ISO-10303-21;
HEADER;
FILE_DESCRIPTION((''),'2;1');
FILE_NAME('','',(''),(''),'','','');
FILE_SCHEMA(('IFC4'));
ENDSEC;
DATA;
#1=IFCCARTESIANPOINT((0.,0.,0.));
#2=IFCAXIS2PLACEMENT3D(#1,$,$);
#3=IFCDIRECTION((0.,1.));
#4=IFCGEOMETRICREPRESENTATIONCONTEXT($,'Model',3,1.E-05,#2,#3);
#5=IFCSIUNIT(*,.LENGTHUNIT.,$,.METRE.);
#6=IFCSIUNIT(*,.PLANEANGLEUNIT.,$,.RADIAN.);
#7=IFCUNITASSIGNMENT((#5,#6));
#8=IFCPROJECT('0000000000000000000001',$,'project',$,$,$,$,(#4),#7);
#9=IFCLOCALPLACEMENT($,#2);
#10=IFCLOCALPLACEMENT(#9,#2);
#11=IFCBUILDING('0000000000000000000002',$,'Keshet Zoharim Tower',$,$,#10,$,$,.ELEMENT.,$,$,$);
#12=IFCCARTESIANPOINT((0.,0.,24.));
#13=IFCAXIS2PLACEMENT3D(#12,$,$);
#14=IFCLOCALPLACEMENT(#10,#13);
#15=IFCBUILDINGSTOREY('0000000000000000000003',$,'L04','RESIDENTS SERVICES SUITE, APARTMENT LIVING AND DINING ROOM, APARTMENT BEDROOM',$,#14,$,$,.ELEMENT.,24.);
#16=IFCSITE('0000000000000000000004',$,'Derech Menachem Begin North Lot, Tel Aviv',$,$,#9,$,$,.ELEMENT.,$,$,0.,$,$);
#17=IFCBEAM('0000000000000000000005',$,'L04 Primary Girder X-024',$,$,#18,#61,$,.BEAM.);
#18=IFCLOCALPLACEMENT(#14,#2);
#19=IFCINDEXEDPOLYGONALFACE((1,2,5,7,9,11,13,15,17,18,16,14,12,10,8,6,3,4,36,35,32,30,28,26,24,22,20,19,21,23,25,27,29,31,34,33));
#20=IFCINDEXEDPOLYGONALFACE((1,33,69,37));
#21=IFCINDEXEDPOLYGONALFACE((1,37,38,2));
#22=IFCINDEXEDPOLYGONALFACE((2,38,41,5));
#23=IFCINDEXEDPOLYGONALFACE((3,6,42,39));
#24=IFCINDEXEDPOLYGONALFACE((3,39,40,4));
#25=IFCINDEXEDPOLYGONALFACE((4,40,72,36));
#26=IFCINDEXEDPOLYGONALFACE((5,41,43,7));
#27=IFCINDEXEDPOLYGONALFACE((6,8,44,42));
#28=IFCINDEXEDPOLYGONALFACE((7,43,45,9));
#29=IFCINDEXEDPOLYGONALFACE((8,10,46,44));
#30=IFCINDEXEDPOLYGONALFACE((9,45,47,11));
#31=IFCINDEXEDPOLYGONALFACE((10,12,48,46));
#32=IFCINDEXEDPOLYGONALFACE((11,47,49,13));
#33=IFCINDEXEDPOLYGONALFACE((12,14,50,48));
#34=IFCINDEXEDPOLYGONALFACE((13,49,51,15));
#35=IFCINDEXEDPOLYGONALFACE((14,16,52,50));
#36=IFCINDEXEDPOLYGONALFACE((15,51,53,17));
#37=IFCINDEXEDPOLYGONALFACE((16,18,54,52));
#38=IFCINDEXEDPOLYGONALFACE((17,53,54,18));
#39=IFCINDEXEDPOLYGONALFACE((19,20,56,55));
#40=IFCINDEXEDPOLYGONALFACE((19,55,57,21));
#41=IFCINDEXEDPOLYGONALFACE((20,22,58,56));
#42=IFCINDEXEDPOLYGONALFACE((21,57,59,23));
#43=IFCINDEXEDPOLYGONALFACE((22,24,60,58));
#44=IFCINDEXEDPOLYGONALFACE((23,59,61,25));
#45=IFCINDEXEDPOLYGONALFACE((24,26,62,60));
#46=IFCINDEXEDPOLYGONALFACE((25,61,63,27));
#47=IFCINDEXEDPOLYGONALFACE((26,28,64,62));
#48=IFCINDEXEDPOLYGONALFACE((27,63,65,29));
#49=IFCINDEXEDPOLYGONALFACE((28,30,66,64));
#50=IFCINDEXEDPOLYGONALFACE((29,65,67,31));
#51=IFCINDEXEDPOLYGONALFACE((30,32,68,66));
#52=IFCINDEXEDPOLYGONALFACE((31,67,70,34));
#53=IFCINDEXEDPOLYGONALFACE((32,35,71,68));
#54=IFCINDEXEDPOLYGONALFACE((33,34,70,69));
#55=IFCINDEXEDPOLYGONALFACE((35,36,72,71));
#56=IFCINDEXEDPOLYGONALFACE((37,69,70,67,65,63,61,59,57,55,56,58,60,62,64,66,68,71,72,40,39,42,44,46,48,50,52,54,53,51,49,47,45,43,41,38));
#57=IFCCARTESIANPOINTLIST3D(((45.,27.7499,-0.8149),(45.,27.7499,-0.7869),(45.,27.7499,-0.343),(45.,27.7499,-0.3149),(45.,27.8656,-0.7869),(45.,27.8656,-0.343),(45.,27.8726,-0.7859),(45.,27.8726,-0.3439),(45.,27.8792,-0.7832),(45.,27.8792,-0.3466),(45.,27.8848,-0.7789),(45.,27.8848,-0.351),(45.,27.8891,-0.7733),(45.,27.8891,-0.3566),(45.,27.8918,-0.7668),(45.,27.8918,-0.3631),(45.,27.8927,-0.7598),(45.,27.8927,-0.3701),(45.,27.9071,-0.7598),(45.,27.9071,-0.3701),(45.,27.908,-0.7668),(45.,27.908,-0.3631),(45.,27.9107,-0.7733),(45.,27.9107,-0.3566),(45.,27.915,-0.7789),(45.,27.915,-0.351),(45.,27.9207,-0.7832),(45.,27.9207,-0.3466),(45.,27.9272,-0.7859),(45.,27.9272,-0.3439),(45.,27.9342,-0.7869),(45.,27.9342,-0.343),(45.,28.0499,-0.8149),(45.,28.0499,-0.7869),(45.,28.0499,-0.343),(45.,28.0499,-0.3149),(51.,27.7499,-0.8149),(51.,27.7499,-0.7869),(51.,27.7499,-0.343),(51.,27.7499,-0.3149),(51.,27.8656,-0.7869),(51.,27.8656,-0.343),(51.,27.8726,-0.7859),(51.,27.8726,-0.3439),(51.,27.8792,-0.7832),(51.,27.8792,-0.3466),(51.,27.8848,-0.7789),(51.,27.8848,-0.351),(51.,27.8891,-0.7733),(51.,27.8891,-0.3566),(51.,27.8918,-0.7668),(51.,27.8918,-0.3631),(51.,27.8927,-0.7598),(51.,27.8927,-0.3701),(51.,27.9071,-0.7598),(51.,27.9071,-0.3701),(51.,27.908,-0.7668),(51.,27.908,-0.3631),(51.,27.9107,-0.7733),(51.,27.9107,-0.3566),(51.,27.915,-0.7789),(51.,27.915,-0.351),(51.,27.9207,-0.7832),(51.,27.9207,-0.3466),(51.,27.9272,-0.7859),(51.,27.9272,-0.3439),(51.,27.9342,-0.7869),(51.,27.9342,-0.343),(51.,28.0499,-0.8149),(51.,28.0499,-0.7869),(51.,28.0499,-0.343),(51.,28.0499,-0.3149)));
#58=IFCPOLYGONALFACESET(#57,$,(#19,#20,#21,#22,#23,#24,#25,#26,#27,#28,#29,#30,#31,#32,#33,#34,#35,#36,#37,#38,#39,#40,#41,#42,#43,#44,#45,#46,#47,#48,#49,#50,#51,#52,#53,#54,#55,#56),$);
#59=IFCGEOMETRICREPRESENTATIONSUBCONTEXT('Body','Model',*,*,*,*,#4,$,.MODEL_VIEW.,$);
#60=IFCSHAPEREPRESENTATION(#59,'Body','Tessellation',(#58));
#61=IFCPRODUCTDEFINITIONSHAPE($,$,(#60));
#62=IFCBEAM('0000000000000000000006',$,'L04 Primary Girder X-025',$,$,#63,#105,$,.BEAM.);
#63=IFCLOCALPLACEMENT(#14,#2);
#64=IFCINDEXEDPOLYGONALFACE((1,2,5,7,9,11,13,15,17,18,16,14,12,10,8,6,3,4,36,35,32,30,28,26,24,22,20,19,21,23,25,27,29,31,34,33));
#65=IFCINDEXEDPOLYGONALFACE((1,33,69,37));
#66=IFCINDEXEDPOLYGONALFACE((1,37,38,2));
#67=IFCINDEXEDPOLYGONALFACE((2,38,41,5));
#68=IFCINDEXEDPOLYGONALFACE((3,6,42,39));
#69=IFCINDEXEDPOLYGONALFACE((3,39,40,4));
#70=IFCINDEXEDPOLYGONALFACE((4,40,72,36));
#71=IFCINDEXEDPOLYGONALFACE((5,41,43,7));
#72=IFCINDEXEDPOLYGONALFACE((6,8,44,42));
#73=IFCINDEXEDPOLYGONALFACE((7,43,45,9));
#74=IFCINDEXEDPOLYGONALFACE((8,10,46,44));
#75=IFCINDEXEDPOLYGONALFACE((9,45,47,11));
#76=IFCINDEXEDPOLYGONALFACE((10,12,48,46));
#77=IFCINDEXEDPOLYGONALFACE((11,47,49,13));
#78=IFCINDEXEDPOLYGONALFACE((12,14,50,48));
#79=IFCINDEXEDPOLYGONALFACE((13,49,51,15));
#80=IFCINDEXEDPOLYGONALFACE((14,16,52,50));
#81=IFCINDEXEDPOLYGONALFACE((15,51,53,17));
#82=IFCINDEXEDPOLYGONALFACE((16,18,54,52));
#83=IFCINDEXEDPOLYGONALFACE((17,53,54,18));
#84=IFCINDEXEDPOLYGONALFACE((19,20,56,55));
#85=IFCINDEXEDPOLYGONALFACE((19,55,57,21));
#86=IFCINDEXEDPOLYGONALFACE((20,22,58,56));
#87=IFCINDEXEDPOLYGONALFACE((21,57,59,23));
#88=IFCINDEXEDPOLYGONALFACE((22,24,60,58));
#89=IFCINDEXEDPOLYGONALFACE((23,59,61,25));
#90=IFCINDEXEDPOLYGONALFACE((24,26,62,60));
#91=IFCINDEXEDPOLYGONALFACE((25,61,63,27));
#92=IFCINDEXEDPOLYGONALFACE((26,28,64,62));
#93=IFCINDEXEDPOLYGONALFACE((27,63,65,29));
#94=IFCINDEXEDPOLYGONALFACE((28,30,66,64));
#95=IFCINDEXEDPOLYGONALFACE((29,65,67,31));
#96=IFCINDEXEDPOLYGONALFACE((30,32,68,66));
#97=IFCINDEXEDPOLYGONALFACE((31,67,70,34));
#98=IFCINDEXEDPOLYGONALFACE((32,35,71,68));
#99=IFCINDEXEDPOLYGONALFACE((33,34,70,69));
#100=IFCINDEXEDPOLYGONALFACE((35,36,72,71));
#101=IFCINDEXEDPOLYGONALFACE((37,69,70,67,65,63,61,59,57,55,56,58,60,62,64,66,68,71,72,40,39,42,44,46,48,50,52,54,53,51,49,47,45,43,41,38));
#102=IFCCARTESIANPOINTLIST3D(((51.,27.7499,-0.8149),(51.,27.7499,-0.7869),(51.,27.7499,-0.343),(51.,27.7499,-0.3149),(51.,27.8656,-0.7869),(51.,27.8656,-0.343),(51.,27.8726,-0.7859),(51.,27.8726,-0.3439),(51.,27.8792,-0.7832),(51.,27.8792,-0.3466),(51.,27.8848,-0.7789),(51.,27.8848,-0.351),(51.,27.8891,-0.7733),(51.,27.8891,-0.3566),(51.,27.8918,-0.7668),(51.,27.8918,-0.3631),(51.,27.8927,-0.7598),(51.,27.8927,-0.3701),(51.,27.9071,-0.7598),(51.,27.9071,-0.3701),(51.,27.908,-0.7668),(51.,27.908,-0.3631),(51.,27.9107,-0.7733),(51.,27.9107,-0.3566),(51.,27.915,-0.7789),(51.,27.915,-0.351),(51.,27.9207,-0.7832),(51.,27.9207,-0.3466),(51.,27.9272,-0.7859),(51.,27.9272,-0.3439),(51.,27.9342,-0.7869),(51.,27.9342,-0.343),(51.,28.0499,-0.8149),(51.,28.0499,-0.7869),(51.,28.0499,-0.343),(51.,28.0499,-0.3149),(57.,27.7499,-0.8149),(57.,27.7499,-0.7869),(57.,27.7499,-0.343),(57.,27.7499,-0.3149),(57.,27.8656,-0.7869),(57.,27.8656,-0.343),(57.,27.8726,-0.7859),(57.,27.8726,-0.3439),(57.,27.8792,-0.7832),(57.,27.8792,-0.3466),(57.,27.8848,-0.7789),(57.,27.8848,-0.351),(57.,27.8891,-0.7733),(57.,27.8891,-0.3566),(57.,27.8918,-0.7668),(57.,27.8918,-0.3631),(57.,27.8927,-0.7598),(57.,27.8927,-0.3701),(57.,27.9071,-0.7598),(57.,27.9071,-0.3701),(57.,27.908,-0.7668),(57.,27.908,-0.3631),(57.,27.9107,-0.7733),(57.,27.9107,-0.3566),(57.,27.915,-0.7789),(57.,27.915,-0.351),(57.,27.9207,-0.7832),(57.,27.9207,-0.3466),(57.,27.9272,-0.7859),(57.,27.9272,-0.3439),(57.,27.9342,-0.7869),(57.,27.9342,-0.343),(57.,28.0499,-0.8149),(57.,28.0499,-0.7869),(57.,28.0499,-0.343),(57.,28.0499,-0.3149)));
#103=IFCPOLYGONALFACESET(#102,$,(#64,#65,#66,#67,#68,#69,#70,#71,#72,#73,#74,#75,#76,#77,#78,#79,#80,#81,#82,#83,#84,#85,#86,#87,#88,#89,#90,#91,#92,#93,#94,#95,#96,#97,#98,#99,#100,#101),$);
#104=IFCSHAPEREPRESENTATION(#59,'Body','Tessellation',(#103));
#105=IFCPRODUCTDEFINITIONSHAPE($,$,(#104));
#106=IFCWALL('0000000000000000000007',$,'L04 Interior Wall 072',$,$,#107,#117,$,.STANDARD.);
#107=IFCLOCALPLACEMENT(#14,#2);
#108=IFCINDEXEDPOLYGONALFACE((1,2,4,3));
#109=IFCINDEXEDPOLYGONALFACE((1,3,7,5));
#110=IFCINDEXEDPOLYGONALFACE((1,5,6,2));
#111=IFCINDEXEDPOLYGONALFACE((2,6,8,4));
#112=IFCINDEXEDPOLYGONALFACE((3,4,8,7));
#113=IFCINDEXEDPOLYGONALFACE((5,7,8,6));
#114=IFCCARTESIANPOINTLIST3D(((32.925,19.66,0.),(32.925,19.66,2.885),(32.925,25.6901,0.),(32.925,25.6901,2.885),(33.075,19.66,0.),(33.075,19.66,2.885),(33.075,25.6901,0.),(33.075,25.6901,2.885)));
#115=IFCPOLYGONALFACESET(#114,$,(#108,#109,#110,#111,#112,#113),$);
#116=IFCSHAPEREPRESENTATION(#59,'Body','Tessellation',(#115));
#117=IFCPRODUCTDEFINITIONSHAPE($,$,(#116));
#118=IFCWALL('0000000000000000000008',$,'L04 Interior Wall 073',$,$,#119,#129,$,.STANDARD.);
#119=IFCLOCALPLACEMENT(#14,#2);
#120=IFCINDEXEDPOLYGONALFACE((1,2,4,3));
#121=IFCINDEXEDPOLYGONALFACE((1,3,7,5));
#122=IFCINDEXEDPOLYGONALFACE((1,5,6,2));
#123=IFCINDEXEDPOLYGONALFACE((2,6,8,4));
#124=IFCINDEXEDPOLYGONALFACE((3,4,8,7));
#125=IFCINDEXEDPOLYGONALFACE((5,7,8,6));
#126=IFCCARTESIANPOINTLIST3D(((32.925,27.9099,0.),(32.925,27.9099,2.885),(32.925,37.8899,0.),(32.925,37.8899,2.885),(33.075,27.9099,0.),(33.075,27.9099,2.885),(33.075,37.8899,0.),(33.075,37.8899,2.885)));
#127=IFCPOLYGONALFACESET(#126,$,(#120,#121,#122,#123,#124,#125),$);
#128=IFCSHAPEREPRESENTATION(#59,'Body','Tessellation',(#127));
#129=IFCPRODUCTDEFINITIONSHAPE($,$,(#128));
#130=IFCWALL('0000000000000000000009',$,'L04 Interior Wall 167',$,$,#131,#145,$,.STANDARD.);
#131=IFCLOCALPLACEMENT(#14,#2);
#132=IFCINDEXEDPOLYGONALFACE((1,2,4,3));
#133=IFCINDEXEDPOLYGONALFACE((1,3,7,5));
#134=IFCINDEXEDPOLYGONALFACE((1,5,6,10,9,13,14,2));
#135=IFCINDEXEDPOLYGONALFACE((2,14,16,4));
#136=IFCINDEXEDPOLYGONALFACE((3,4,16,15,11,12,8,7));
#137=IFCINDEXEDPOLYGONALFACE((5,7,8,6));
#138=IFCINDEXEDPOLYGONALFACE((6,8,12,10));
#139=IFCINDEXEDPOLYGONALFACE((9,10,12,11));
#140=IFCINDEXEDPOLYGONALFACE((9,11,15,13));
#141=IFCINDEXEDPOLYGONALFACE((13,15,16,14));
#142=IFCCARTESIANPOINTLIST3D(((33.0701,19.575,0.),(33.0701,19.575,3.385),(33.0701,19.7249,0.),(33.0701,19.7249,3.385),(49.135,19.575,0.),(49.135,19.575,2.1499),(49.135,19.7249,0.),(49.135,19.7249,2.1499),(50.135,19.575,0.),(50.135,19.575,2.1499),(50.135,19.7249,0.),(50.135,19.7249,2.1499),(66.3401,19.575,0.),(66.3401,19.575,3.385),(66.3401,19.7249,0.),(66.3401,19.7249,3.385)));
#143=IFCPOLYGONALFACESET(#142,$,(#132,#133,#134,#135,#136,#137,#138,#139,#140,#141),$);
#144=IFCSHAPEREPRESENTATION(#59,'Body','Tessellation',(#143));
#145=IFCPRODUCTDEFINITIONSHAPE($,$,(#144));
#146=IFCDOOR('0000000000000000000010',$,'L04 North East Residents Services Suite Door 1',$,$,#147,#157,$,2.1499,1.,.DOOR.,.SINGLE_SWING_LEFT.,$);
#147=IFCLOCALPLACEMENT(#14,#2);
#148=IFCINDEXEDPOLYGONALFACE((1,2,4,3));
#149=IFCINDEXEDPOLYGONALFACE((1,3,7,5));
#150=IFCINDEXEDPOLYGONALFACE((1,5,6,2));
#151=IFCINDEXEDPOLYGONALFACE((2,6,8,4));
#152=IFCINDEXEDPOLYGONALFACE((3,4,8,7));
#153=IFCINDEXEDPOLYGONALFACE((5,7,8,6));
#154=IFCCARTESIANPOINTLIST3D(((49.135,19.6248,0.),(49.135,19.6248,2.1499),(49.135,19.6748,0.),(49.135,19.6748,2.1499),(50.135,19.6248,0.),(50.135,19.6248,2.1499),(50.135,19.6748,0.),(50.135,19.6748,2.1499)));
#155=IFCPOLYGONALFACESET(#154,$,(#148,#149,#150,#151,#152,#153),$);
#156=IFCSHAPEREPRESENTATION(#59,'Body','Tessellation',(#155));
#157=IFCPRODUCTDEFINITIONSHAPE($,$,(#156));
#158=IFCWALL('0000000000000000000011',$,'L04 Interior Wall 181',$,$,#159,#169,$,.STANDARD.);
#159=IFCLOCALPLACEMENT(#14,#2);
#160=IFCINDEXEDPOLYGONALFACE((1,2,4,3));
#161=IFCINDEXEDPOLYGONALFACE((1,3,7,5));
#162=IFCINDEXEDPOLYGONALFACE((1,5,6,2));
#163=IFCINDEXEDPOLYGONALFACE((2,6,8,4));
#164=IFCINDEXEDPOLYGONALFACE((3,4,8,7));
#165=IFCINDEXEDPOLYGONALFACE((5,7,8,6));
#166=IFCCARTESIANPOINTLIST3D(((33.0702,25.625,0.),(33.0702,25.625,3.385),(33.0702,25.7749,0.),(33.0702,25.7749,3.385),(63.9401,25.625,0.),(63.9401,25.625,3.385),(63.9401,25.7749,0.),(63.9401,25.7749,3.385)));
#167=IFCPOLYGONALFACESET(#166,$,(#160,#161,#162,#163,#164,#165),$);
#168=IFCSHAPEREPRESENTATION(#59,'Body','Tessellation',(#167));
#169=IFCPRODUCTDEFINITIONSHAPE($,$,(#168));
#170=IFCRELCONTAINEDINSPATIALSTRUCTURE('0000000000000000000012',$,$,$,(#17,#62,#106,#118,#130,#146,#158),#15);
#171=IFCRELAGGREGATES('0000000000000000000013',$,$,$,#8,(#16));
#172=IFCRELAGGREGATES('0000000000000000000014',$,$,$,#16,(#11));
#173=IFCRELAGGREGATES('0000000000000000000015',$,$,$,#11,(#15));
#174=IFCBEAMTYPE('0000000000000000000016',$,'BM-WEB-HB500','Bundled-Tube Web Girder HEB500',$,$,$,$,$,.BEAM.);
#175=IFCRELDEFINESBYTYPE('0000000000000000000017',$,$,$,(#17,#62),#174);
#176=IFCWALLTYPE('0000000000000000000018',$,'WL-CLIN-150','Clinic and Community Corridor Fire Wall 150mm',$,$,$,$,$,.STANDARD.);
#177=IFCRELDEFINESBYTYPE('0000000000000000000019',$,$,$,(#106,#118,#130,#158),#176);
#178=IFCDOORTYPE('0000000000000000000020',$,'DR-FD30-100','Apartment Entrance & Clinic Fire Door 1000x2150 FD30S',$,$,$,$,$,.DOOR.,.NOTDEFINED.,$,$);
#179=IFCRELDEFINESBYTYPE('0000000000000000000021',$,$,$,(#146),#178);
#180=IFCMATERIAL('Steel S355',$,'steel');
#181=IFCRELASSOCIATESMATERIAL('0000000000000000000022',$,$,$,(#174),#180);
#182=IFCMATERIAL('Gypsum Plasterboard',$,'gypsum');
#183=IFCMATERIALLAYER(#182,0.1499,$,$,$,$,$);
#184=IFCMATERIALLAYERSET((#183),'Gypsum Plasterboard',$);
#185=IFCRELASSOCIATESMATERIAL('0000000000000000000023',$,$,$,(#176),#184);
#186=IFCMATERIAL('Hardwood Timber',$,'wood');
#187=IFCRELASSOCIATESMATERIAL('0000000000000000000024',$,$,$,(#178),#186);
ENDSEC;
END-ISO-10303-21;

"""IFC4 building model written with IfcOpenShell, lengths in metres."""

from ifc_helpers import new_model, si_unit, direction, frame, frame_2d, origin, origin_2d, place, context, subcontext, project, spatial, rectangle, i_section, extrude, material, layer, layer_set, material_profile, profile_set, type_object, element, fill, save


model = new_model("IFC4")

# Units and contexts
model_context = context("Model", 3, precision=1e-05, world=origin(), true_north=direction((0.0, 1.0)))
body_context = subcontext(model_context, "Body", "Model", "MODEL_VIEW")
ifc_project = project(units=[si_unit("LENGTHUNIT", "METRE"), si_unit("PLANEANGLEUNIT", "RADIAN")], contexts=[model_context])

# Site, building, storey
site_placement = place(None, origin())
site = spatial("IfcSite", under=ifc_project, at=site_placement, Name="Derech Menachem Begin North Lot, Tel Aviv", CompositionType="ELEMENT", RefElevation=0.0)
building_placement = place(site_placement, origin())
building = spatial("IfcBuilding", under=site, at=building_placement, Name="Keshet Zoharim Tower", CompositionType="ELEMENT")
storey_placement = place(building_placement, frame((0.0, 0.0, 24.0)))
storey = spatial("IfcBuildingStorey", under=building, at=storey_placement, Name="L04", Description="RESIDENTS SERVICES SUITE, APARTMENT LIVING AND DINING ROOM, APARTMENT BEDROOM", CompositionType="ELEMENT", Elevation=24.0)

# Beams
ifc_material_1 = material(Name="Steel S355", Category="steel")
ifc_material_profile_1 = material_profile(ifc_material_1, i_section(OverallWidth=0.3, OverallDepth=0.5, WebThickness=0.0144, FlangeThickness=0.0281, FilletRadius=0.0271, at=origin_2d()), Name="HEB500")
ifc_profile_set_1 = profile_set([ifc_material_profile_1], Name="Steel S355")
beam_type_1 = type_object("IfcBeamType", Name="BM-WEB-HB500", Description="Bundled-Tube Web Girder HEB500", PredefinedType="BEAM", material=ifc_profile_set_1)
for number, where, z_axis, x_axis, name in (
    (1, (45.0, 27.8999, -0.5649), (1.0, 0.0, 0.0), (0.0, 1.0, 0.0), "L04 Primary Girder X-024"),
    (2, (51.0, 27.8999, -0.5649), (1.0, 0.0, 0.0), (0.0, 1.0, 0.0), "L04 Primary Girder X-025"),
):
    element("IfcBeam", number, at=place(storey_placement, frame(where, z_axis=z_axis, x_axis=x_axis)), inside=storey, type_object=beam_type_1, Name=name, PredefinedType="BEAM", context=body_context, shape_type="SweptSolid", body=[
        extrude(i_section(OverallWidth=0.3, OverallDepth=0.5, WebThickness=0.0144, FlangeThickness=0.0281, FilletRadius=0.0271, at=origin_2d()), origin(), (0.0, 0.0, 1.0), 6.0),
    ])

# Walls
ifc_material_2 = material(Name="Gypsum Plasterboard", Category="gypsum")
ifc_layer_1 = layer(ifc_material_2, 0.1499)
ifc_layer_set_1 = layer_set([ifc_layer_1], Name="Gypsum Plasterboard")
wall_type_1 = type_object("IfcWallType", Name="WL-CLIN-150", Description="Clinic and Community Corridor Fire Wall 150mm", PredefinedType="STANDARD", material=ifc_layer_set_1)
wall_1_placement = place(storey_placement, frame((33.0, 19.6599, 0.0), z_axis=(0.0, 0.0, 1.0), x_axis=(0.0, 1.0, 0.0)))
element("IfcWall", 3, at=wall_1_placement, inside=storey, type_object=wall_type_1, Name="L04 Interior Wall 072", PredefinedType="STANDARD", context=body_context, shape_type="SweptSolid", body=[
    extrude(rectangle(XDim=6.03, YDim=0.1499, at=frame_2d((3.0151, 0.0))), origin(), (0.0, 0.0, 1.0), 2.885),
])
wall_2_placement = place(storey_placement, frame((33.0, 27.9099, 0.0), z_axis=(0.0, 0.0, 1.0), x_axis=(0.0, 1.0, 0.0)))
element("IfcWall", 4, at=wall_2_placement, inside=storey, type_object=wall_type_1, Name="L04 Interior Wall 073", PredefinedType="STANDARD", context=body_context, shape_type="SweptSolid", body=[
    extrude(rectangle(XDim=9.98, YDim=0.1499, at=frame_2d((4.99, 0.0))), origin(), (0.0, 0.0, 1.0), 2.885),
])

# Wall, opening, door
wall_3_placement = place(storey_placement, frame((33.0701, 19.6499, 0.0), z_axis=(0.0, 0.0, 1.0), x_axis=(1.0, 0.0, 0.0)))
wall_3 = element("IfcWall", 5, at=wall_3_placement, inside=storey, type_object=wall_type_1, Name="L04 Interior Wall 167", PredefinedType="STANDARD", context=body_context, shape_type="SweptSolid", body=[
    extrude(rectangle(XDim=33.27, YDim=0.1499, at=frame_2d((16.635, 0.0))), origin(), (0.0, 0.0, 1.0), 3.385),
])
opening_1_placement = place(wall_3_placement, frame((16.0649, 0.0, 0.0)))
opening_1 = element("IfcOpeningElement", 6, at=opening_1_placement, cuts=wall_3, PredefinedType="OPENING", context=body_context, shape_type="SweptSolid", body=[
    extrude(rectangle(XDim=1.0, YDim=2.1499, at=frame_2d((0.5, 1.075))), frame((0.0, 0.085, 0.0), z_axis=(0.0, -1.0, 0.0), x_axis=(1.0, 0.0, 0.0)), (0.0, 0.0, 1.0), 0.1699),
])
ifc_material_3 = material(Name="Hardwood Timber", Category="wood")
door_type = type_object("IfcDoorType", Name="DR-FD30-100", Description="Apartment Entrance & Clinic Fire Door 1000x2150 FD30S", OperationType="NOTDEFINED", PredefinedType="DOOR", material=ifc_material_3)
door_1_placement = place(opening_1_placement, origin())
door_1 = element("IfcDoor", 7, at=door_1_placement, inside=storey, type_object=door_type, Name="L04 North East Residents Services Suite Door 1", OperationType="SINGLE_SWING_LEFT", OverallHeight=2.1499, OverallWidth=1.0, PredefinedType="DOOR", context=body_context, shape_type="SweptSolid", body=[
    extrude(rectangle(XDim=1.0, YDim=2.1499, at=frame_2d((0.5, 1.075))), frame((0.0, 0.0249, 0.0), z_axis=(0.0, -1.0, 0.0), x_axis=(1.0, 0.0, 0.0)), (0.0, 0.0, 1.0), 0.05),
])
fill(opening_1, door_1)

# Wall
wall_4_placement = place(storey_placement, frame((33.0701, 25.7, 0.0), z_axis=(0.0, 0.0, 1.0), x_axis=(1.0, 0.0, 0.0)))
element("IfcWall", 8, at=wall_4_placement, inside=storey, type_object=wall_type_1, Name="L04 Interior Wall 181", PredefinedType="STANDARD", context=body_context, shape_type="SweptSolid", body=[
    extrude(rectangle(XDim=30.8699, YDim=0.1499, at=frame_2d((15.4351, 0.0))), origin(), (0.0, 0.0, 1.0), 3.385),
])

save(model, "model.ifc")
